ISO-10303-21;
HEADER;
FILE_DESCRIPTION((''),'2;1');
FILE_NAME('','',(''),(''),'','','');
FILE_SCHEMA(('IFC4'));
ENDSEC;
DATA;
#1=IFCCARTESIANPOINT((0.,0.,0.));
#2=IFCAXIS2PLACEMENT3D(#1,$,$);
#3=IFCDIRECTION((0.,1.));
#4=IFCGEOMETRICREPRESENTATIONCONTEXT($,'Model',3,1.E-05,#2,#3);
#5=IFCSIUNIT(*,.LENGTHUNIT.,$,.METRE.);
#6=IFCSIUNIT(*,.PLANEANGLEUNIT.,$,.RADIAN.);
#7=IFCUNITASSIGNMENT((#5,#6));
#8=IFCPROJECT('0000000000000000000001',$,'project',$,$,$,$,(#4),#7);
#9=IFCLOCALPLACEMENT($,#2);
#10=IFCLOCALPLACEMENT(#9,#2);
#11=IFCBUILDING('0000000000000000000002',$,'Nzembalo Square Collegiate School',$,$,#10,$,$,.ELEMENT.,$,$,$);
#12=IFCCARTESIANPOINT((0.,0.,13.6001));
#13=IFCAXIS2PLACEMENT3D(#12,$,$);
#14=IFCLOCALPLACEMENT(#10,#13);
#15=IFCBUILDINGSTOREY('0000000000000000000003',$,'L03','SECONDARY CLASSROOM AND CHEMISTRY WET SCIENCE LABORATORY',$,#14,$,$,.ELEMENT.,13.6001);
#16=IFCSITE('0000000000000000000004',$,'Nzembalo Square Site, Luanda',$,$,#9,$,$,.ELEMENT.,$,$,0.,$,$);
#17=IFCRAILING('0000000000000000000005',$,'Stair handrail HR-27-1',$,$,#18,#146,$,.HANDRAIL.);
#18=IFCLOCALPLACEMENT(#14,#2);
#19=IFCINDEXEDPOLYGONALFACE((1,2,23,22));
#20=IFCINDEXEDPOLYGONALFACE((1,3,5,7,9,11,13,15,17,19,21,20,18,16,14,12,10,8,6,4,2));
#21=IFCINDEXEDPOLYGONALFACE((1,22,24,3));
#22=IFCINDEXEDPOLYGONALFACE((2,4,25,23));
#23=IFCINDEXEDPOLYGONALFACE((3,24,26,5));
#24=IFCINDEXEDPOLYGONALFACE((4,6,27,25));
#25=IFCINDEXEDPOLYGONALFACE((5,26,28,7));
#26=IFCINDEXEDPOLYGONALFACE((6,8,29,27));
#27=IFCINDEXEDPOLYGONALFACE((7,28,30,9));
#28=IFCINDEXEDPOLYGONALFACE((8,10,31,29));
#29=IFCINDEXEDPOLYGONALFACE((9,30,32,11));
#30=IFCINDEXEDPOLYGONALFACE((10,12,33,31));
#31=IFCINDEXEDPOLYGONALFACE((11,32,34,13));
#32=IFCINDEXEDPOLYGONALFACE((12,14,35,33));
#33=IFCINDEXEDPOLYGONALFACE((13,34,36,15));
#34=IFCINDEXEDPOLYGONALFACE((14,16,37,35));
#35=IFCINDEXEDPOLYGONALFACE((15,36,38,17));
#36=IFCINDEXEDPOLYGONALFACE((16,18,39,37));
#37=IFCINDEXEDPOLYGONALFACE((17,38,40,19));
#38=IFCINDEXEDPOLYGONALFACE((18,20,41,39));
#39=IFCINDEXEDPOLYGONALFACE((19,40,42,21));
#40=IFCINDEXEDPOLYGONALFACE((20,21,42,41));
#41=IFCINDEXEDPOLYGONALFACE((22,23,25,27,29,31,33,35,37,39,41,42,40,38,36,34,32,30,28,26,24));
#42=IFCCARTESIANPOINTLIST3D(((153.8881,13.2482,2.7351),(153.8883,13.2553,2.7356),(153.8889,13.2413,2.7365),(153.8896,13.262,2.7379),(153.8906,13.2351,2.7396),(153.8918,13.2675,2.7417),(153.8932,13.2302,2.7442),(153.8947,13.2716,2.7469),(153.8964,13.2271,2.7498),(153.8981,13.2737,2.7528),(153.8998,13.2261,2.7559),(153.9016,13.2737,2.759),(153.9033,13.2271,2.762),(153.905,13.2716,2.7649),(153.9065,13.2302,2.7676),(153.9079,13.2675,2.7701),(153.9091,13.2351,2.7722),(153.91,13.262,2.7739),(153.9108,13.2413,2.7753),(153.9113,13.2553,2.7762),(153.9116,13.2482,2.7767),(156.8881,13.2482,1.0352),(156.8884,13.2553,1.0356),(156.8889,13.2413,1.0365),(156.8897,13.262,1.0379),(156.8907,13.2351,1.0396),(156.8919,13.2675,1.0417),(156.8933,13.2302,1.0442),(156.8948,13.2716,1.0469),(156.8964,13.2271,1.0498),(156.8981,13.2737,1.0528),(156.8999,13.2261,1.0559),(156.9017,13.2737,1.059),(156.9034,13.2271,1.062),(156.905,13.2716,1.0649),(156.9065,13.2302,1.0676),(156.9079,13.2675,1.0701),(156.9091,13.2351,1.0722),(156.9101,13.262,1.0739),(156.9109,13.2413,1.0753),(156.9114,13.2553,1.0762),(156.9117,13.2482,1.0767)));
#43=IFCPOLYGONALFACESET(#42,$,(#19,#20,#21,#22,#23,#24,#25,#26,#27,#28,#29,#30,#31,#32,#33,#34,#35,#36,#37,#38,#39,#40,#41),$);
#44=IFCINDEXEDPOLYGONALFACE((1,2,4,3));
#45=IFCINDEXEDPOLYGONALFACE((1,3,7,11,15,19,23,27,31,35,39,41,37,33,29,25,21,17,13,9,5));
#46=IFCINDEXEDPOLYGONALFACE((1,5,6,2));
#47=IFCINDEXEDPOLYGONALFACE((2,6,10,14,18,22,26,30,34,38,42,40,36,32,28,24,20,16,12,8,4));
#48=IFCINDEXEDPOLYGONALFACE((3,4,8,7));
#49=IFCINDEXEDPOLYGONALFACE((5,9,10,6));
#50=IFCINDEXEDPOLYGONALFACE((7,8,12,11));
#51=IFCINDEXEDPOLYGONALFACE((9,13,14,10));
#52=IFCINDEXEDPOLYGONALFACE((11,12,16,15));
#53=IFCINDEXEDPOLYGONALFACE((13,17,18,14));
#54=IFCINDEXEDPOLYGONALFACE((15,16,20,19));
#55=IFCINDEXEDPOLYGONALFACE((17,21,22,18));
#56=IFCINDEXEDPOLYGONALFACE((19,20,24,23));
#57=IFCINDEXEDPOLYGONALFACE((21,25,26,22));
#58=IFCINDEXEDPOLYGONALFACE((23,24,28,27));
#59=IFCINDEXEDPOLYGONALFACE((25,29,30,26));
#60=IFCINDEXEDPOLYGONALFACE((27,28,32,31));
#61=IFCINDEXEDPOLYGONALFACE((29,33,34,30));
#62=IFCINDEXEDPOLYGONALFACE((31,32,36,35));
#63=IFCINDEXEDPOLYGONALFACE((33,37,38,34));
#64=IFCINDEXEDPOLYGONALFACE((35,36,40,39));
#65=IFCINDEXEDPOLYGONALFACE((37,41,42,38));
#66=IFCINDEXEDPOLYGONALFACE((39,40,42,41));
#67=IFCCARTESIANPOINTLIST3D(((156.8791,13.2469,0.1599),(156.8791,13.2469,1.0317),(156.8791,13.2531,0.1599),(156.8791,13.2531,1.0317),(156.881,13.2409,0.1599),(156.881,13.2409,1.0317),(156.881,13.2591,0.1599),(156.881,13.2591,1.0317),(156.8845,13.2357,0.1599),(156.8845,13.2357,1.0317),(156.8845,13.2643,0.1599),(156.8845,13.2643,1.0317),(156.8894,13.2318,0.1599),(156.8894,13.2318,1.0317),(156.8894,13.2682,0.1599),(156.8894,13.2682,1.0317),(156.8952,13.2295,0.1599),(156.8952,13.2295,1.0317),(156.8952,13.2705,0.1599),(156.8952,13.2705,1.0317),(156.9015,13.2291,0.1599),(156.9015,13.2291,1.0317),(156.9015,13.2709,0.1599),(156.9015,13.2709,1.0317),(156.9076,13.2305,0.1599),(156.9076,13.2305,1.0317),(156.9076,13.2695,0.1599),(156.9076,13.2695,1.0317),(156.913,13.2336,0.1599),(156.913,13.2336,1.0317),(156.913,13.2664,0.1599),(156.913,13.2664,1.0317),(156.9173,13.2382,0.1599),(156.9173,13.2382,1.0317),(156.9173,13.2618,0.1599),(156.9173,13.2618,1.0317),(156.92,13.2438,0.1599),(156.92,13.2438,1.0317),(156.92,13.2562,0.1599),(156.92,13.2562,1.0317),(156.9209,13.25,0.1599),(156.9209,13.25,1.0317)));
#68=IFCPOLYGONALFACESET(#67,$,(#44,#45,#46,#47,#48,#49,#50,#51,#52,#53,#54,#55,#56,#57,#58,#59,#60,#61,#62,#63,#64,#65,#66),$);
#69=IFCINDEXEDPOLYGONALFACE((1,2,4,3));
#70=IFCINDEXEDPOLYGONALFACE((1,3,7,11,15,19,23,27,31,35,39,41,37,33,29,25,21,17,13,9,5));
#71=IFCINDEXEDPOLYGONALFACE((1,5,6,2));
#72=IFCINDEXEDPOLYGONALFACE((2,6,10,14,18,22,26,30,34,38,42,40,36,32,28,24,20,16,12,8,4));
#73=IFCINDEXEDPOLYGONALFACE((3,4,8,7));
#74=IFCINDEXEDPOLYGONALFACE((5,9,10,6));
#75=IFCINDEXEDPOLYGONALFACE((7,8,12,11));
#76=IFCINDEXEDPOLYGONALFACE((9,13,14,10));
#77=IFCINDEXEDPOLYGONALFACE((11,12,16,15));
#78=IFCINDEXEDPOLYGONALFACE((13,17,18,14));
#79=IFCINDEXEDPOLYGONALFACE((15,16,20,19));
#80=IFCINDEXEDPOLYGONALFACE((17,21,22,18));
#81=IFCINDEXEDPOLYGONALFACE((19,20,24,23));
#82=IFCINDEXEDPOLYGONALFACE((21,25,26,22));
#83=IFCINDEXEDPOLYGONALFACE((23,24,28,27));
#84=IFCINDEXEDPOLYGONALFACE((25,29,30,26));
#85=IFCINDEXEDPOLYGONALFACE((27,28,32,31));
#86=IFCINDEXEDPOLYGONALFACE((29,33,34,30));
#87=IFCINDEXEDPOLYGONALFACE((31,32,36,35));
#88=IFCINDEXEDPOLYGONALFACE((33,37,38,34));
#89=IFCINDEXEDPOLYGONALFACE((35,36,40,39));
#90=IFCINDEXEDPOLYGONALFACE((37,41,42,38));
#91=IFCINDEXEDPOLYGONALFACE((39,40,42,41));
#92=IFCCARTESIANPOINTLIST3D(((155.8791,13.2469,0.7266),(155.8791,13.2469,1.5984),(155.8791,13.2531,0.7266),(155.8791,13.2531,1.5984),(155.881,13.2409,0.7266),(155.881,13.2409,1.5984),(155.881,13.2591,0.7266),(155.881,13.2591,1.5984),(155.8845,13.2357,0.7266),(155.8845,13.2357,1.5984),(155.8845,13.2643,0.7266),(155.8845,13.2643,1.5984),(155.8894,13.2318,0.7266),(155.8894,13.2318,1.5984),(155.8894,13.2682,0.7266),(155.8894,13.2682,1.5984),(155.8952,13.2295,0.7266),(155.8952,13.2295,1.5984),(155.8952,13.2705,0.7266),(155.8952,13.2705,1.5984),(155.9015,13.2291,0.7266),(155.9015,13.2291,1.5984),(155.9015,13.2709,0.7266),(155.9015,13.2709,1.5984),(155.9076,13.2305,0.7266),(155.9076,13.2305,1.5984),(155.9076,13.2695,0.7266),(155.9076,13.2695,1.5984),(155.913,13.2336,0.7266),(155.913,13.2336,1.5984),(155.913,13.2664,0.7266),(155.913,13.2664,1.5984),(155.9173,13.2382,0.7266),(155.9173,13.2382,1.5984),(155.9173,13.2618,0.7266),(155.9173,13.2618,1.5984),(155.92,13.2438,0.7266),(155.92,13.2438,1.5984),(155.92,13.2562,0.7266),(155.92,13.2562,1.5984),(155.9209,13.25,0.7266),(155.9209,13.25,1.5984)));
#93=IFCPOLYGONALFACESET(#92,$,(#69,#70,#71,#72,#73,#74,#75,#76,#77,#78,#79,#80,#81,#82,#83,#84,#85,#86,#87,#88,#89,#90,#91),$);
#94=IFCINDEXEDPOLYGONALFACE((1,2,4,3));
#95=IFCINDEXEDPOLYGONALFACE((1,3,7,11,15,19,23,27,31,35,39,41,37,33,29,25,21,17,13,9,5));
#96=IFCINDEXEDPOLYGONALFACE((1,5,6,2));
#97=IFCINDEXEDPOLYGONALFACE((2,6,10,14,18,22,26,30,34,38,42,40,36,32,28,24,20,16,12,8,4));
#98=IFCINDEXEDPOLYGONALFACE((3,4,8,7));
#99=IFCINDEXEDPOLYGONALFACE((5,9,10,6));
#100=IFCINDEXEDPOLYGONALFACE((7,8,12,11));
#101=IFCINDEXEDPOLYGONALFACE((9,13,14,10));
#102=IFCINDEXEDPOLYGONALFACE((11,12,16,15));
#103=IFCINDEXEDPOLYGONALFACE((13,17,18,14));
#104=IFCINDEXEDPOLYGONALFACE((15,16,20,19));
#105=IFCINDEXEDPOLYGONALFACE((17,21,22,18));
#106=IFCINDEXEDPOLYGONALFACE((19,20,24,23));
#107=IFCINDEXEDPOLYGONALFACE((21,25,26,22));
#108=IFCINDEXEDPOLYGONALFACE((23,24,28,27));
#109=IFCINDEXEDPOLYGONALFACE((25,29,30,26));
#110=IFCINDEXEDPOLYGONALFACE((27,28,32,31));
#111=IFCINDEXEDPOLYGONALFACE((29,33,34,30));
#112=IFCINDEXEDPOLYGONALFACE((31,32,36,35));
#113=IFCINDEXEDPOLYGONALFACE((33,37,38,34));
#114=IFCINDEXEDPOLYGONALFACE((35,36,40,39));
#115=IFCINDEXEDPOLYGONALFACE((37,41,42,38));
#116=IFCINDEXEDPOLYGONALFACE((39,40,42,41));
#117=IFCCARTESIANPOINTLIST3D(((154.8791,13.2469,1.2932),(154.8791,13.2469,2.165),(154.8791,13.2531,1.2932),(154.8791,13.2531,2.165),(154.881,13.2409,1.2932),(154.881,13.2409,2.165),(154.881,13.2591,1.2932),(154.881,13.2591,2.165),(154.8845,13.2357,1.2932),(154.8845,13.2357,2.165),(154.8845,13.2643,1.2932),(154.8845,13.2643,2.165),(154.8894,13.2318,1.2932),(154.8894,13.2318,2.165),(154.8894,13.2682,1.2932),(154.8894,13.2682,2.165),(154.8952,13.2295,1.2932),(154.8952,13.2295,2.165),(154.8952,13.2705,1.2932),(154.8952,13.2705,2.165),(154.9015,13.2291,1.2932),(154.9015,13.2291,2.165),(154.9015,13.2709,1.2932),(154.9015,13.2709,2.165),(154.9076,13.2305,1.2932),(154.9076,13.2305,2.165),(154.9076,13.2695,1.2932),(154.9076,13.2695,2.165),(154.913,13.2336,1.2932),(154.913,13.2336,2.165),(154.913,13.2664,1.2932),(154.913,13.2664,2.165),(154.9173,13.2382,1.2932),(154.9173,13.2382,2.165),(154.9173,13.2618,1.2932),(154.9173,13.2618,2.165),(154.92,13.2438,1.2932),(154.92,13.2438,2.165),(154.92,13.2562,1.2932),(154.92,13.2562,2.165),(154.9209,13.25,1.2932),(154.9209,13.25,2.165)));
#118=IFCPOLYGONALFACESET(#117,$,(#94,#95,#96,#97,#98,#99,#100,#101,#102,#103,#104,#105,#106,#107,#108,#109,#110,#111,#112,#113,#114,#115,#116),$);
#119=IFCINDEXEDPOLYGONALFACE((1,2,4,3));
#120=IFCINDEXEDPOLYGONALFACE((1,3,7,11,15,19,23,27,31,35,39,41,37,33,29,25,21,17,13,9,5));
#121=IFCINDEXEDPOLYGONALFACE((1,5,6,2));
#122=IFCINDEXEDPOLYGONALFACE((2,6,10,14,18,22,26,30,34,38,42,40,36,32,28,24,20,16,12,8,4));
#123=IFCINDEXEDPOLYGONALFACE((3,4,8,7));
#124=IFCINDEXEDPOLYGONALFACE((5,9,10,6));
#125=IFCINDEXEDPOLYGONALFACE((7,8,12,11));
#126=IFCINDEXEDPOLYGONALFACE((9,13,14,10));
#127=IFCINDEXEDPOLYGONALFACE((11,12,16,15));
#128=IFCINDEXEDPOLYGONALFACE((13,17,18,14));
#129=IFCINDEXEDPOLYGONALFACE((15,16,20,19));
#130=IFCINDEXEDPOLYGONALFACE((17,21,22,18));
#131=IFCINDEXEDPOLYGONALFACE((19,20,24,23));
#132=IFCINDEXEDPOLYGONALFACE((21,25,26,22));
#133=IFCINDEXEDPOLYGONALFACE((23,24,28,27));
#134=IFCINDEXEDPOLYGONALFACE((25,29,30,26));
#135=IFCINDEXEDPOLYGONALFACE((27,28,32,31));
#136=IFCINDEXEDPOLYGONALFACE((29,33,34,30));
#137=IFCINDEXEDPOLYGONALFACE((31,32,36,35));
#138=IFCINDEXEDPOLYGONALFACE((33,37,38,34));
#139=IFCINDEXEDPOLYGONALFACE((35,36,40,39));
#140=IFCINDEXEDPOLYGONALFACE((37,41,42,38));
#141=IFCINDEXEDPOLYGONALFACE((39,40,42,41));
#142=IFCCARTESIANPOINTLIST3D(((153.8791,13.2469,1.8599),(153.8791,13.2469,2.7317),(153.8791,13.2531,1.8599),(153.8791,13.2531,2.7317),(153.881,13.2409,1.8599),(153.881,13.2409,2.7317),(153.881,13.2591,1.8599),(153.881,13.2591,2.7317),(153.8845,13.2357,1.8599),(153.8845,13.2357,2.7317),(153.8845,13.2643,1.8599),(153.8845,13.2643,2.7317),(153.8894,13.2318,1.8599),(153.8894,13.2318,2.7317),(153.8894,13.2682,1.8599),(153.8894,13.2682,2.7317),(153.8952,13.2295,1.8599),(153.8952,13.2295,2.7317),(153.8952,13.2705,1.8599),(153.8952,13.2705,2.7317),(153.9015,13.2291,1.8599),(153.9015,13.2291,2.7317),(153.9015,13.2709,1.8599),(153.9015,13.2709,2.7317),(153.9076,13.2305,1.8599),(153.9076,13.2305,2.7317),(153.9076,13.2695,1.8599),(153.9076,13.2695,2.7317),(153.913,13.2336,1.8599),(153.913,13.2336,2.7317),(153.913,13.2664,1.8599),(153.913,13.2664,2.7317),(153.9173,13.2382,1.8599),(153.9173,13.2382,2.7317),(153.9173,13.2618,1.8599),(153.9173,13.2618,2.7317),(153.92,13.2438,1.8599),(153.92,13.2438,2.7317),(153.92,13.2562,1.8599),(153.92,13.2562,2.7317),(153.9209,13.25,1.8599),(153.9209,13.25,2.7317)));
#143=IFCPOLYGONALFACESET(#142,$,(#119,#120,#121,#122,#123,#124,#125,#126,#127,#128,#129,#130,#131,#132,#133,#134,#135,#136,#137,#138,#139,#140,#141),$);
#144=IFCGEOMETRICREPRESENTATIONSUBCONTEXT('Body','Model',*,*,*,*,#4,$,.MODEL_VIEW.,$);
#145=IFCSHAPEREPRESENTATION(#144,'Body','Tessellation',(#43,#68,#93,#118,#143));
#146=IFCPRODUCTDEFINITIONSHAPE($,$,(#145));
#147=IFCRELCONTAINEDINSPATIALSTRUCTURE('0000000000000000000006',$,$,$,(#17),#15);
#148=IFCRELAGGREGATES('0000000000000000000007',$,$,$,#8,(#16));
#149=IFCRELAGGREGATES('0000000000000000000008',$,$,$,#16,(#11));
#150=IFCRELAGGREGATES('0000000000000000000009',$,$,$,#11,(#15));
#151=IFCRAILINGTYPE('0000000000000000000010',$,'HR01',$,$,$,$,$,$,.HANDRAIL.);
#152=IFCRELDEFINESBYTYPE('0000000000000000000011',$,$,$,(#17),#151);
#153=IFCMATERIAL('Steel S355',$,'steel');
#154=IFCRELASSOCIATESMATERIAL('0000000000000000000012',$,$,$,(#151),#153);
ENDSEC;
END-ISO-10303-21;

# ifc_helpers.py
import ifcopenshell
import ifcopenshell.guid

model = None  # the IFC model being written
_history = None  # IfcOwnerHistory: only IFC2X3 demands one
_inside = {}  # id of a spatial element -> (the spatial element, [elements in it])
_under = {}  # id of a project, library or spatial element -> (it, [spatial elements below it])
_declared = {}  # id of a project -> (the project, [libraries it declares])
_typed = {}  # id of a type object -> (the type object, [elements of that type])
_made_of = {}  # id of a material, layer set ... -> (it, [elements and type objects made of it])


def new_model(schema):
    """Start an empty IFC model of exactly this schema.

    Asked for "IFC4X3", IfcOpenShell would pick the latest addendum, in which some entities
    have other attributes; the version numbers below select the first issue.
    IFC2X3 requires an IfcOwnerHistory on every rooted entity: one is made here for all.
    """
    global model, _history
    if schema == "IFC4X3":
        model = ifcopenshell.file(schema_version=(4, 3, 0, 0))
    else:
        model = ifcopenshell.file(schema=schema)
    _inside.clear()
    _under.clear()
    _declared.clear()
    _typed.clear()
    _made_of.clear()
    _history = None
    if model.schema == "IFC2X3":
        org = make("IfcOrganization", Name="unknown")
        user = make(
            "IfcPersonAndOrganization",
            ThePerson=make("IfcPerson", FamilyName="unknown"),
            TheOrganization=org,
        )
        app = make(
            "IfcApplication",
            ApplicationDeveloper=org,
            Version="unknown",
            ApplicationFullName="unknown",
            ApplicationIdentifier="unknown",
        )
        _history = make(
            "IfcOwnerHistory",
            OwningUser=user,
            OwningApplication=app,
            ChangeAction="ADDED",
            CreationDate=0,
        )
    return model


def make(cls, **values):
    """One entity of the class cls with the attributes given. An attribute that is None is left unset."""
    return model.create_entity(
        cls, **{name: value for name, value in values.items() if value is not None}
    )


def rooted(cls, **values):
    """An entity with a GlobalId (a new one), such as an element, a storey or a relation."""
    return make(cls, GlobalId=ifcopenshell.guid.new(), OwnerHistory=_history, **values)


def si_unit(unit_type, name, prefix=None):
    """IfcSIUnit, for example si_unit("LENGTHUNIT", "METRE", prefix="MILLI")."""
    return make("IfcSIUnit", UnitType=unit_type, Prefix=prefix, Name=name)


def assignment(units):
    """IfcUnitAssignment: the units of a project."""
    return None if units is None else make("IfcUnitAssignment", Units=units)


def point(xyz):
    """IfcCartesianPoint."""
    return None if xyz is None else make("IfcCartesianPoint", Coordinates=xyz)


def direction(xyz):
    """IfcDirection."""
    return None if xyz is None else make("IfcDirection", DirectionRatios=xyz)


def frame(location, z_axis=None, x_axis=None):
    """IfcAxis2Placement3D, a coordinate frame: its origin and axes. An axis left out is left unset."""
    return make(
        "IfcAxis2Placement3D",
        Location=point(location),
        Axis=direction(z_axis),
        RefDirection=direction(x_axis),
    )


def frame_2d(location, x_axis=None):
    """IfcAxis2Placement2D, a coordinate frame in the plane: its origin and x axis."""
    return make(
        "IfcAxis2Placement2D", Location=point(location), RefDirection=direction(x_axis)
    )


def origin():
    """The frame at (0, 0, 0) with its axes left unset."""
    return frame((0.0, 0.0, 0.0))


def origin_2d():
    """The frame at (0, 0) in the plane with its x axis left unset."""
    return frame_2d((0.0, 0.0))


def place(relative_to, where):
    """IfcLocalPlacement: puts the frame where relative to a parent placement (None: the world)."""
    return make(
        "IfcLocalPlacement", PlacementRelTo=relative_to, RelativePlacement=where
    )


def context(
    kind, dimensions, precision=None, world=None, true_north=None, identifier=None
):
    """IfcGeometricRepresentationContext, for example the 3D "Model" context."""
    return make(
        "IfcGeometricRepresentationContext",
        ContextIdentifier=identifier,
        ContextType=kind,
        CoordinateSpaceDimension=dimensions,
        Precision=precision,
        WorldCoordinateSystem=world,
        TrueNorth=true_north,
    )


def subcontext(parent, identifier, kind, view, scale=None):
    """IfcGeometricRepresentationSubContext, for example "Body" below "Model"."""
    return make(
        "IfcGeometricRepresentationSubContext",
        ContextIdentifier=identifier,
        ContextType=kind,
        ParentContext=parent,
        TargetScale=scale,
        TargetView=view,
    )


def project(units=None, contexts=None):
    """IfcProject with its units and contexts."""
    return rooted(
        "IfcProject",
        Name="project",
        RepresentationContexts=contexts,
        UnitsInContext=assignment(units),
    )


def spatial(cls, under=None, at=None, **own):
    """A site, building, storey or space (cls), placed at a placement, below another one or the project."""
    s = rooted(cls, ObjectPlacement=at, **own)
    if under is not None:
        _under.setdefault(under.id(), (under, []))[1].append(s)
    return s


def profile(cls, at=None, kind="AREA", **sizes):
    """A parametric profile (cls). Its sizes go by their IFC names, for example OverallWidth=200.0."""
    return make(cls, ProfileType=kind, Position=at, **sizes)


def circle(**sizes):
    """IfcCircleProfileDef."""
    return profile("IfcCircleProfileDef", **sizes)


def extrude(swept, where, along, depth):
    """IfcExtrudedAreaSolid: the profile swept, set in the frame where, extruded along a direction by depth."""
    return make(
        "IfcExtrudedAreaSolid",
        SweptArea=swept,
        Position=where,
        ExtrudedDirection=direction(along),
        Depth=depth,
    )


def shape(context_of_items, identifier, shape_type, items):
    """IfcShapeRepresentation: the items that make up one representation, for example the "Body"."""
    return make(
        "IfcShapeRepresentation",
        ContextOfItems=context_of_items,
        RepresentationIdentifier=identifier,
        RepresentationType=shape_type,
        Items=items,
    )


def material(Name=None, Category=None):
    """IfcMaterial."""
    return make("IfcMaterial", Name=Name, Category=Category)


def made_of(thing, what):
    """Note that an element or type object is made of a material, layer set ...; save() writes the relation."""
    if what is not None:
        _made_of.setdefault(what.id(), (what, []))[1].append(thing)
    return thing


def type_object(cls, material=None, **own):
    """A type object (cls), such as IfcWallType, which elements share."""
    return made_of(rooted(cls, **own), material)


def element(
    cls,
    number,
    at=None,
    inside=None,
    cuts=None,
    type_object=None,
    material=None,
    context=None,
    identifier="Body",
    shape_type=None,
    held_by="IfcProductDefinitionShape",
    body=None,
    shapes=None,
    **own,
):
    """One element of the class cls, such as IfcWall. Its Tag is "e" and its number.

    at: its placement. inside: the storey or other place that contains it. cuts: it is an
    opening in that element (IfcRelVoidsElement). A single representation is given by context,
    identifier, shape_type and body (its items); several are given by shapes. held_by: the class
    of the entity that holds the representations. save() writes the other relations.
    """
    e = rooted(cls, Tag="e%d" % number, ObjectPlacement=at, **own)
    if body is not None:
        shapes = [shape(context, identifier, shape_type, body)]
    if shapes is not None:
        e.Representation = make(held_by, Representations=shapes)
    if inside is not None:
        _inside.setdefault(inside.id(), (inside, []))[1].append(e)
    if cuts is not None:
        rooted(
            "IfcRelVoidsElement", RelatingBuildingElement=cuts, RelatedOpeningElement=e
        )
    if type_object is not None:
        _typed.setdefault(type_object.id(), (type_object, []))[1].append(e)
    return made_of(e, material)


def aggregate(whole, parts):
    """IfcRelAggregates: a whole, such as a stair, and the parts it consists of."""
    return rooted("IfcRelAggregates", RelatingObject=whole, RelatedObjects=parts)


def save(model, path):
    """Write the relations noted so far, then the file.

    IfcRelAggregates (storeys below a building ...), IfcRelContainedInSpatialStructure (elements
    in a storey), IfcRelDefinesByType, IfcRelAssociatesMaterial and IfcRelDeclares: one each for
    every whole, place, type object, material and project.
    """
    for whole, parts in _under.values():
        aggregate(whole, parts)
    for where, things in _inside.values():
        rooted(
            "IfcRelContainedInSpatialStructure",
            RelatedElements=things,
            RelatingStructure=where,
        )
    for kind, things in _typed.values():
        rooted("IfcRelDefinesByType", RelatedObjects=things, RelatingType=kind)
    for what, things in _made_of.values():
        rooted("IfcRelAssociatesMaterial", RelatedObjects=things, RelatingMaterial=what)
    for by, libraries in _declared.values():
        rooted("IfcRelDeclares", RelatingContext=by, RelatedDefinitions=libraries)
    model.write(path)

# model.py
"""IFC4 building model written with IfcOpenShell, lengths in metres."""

from ifc_helpers import new_model, si_unit, direction, frame, origin, origin_2d, place, context, subcontext, project, spatial, circle, extrude, material, type_object, element, save


model = new_model("IFC4")

# Units and contexts
model_context = context("Model", 3, precision=1e-05, world=origin(), true_north=direction((0.0, 1.0)))
body_context = subcontext(model_context, "Body", "Model", "MODEL_VIEW")
ifc_project = project(units=[si_unit("LENGTHUNIT", "METRE"), si_unit("PLANEANGLEUNIT", "RADIAN")], contexts=[model_context])

# Site, building, storey
site_placement = place(None, origin())
site = spatial("IfcSite", under=ifc_project, at=site_placement, Name="Nzembalo Square Site, Luanda", CompositionType="ELEMENT", RefElevation=0.0)
building_placement = place(site_placement, origin())
building = spatial("IfcBuilding", under=site, at=building_placement, Name="Nzembalo Square Collegiate School", CompositionType="ELEMENT")
storey_placement = place(building_placement, frame((0.0, 0.0, 13.6001)))
storey = spatial("IfcBuildingStorey", under=building, at=storey_placement, Name="L03", Description="SECONDARY CLASSROOM AND CHEMISTRY WET SCIENCE LABORATORY", CompositionType="ELEMENT", Elevation=13.6001)

# Railing
ifc_material_1 = material(Name="Steel S355", Category="steel")
railing_type_1 = type_object("IfcRailingType", Name="HR01", PredefinedType="HANDRAIL", material=ifc_material_1)
railing_1_placement = place(storey_placement, frame((156.8999, 13.25, 0.1599)))
element("IfcRailing", 1, at=railing_1_placement, inside=storey, type_object=railing_type_1, Name="Stair handrail HR-27-1", PredefinedType="HANDRAIL", context=body_context, shape_type="SweptSolid", body=[
    extrude(circle(Radius=0.0239, at=origin_2d()), frame((0.0, 0.0, 0.896), z_axis=(-0.870028, 0.0, 0.493002), x_axis=(0.0, -1.0, 0.0)), (0.0, 0.0, 1.0), 3.4482),
    extrude(circle(Radius=0.021, at=origin_2d()), origin(), (0.0, 0.0, 1.0), 0.8718),
    extrude(circle(Radius=0.021, at=origin_2d()), frame((-1.0, 0.0, 0.5667)), (0.0, 0.0, 1.0), 0.8718),
    extrude(circle(Radius=0.021, at=origin_2d()), frame((-2.0, 0.0, 1.1333)), (0.0, 0.0, 1.0), 0.8718),
    extrude(circle(Radius=0.021, at=origin_2d()), frame((-3.0, 0.0, 1.7)), (0.0, 0.0, 1.0), 0.8718),
])

save(model, "model.ifc")
